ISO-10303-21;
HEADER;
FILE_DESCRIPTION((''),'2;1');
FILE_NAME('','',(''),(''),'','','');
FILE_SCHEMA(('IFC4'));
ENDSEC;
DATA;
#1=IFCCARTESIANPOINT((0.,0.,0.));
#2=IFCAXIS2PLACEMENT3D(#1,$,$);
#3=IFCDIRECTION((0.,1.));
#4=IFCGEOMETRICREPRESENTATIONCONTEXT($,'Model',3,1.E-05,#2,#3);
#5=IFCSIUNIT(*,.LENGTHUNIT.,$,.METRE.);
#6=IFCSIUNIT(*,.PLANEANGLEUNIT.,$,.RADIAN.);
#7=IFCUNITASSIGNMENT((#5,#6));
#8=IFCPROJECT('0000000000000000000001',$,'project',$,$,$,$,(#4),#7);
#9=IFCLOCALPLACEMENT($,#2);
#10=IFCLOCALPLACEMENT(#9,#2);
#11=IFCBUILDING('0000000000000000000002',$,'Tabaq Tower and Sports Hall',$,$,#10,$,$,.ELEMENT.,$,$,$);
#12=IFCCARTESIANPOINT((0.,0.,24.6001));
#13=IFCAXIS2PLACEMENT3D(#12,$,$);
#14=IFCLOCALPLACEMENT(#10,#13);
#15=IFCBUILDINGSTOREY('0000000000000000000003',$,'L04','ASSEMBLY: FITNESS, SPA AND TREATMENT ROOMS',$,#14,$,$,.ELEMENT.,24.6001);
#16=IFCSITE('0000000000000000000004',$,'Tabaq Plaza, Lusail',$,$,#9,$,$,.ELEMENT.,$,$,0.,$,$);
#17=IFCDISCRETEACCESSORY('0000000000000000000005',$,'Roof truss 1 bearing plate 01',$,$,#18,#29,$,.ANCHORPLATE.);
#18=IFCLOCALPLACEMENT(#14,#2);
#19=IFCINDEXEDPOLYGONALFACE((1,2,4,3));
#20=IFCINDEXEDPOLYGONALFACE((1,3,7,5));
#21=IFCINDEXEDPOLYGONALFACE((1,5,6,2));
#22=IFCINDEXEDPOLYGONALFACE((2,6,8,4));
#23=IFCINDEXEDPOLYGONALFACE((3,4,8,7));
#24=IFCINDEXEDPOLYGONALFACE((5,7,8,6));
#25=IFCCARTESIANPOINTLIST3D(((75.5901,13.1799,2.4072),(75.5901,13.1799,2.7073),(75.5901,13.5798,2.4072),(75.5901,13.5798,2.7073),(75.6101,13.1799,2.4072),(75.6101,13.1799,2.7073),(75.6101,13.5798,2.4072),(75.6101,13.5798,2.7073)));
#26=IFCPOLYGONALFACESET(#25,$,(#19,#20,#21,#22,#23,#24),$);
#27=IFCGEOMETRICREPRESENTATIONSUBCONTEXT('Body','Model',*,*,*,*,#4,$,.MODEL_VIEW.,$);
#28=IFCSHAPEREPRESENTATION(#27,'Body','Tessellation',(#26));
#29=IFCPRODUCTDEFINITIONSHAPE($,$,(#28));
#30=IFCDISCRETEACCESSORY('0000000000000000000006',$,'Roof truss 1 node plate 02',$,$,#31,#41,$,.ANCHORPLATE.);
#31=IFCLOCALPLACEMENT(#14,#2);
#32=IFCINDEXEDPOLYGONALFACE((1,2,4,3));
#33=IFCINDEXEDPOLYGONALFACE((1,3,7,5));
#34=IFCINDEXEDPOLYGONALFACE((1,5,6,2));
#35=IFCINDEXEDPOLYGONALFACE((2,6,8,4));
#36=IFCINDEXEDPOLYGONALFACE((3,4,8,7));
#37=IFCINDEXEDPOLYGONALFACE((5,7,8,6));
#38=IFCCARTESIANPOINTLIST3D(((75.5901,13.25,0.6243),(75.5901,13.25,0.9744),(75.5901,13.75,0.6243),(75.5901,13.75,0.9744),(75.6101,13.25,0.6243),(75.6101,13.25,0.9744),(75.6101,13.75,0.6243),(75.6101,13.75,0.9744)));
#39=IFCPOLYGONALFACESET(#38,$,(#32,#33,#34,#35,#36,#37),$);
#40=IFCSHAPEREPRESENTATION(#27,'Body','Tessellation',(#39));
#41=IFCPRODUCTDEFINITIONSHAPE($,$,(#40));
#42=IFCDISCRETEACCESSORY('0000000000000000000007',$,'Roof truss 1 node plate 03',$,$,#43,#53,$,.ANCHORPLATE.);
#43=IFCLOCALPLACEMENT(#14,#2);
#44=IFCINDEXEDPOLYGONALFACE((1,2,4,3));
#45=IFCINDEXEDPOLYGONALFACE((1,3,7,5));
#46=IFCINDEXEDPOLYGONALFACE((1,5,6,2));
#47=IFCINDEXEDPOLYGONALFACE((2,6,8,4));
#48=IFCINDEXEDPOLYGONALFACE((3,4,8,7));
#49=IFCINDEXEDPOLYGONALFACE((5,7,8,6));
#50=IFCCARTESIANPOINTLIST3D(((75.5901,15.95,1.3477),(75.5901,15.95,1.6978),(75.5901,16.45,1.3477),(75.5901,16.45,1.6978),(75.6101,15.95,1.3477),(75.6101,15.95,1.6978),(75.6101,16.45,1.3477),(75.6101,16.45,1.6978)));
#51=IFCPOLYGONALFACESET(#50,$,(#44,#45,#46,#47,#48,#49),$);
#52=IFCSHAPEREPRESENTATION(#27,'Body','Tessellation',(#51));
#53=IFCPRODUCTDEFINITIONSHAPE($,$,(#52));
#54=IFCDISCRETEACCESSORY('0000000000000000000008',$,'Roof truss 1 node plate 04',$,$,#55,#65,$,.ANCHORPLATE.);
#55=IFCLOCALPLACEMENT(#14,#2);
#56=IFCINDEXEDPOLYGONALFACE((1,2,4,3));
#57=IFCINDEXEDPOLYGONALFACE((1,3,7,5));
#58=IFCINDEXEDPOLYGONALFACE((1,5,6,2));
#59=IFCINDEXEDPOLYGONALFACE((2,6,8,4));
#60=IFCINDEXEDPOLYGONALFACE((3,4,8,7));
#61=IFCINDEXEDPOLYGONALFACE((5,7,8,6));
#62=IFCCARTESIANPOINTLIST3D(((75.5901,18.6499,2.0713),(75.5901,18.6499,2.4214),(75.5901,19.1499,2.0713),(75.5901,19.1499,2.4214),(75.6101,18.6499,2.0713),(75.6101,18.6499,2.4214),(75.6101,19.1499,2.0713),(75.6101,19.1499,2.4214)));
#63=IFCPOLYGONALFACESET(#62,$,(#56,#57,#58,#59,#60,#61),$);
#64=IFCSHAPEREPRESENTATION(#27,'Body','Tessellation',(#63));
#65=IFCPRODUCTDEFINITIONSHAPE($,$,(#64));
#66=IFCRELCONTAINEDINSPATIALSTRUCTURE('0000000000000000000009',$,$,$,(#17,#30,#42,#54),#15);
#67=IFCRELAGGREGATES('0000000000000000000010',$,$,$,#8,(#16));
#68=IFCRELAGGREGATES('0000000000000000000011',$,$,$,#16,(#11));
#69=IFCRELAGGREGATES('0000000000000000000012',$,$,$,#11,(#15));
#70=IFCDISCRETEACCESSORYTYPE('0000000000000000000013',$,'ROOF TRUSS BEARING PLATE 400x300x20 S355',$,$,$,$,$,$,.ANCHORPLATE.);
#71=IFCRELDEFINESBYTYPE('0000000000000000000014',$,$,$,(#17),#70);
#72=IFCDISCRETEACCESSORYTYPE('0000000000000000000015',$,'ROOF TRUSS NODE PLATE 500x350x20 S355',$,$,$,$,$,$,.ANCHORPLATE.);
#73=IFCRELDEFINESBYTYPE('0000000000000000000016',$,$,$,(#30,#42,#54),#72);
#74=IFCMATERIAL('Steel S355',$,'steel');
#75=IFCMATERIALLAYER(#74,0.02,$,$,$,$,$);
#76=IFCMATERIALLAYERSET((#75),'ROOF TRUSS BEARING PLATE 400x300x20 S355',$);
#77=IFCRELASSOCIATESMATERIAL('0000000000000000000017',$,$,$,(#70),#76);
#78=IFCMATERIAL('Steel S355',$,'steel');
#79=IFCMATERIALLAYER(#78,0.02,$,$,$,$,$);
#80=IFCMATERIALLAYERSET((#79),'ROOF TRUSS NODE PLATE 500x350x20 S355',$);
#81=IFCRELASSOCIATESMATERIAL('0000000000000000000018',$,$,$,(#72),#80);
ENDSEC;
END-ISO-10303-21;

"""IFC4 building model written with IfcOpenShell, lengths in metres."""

from ifc_helpers import new_model, si_unit, direction, frame, origin, origin_2d, place, context, subcontext, project, spatial, rectangle, extrude, material, layer, layer_set, type_object, element, save


model = new_model("IFC4")

# Units and contexts
model_context = context("Model", 3, precision=1e-05, world=origin(), true_north=direction((0.0, 1.0)))
body_context = subcontext(model_context, "Body", "Model", "MODEL_VIEW")
ifc_project = project(units=[si_unit("LENGTHUNIT", "METRE"), si_unit("PLANEANGLEUNIT", "RADIAN")], contexts=[model_context])

# Site, building, storey
site_placement = place(None, origin())
site = spatial("IfcSite", under=ifc_project, at=site_placement, Name="Tabaq Plaza, Lusail", CompositionType="ELEMENT", RefElevation=0.0)
building_placement = place(site_placement, origin())
building = spatial("IfcBuilding", under=site, at=building_placement, Name="Tabaq Tower and Sports Hall", CompositionType="ELEMENT")
storey_placement = place(building_placement, frame((0.0, 0.0, 24.6001)))
storey = spatial("IfcBuildingStorey", under=building, at=storey_placement, Name="L04", Description="ASSEMBLY: FITNESS, SPA AND TREATMENT ROOMS", CompositionType="ELEMENT", Elevation=24.6001)

# Discrete accessories
ifc_material_1 = material(Name="Steel S355", Category="steel")
ifc_layer_1 = layer(ifc_material_1, 0.02)
ifc_layer_set_1 = layer_set([ifc_layer_1], Name="ROOF TRUSS BEARING PLATE 400x300x20 S355")
discrete_accessory_type_1 = type_object("IfcDiscreteAccessoryType", Name="ROOF TRUSS BEARING PLATE 400x300x20 S355", PredefinedType="ANCHORPLATE", material=ifc_layer_set_1)
discrete_accessory_placement = place(storey_placement, frame((75.6001, 13.3799, 2.4072), z_axis=(0.0, 0.0, 1.0), x_axis=(1.0, 0.0, 0.0)))
element("IfcDiscreteAccessory", 1, at=discrete_accessory_placement, inside=storey, type_object=discrete_accessory_type_1, Name="Roof truss 1 bearing plate 01", PredefinedType="ANCHORPLATE", context=body_context, shape_type="SweptSolid", body=[
    extrude(rectangle(XDim=0.02, YDim=0.3999, at=origin_2d()), origin(), (0.0, 0.0, 1.0), 0.3),
])
ifc_material_2 = material(Name="Steel S355", Category="steel")
ifc_layer_2 = layer(ifc_material_2, 0.02)
ifc_layer_set_2 = layer_set([ifc_layer_2], Name="ROOF TRUSS NODE PLATE 500x350x20 S355")
discrete_accessory_type_2 = type_object("IfcDiscreteAccessoryType", Name="ROOF TRUSS NODE PLATE 500x350x20 S355", PredefinedType="ANCHORPLATE", material=ifc_layer_set_2)
for number, where, z_axis, x_axis, name in (
    (2, (75.6001, 13.5, 0.6243), (0.0, 0.0, 1.0), (1.0, 0.0, 0.0), "Roof truss 1 node plate 02"),
    (3, (75.6001, 16.2, 1.3477), (0.0, 0.0, 1.0), (1.0, 0.0, 0.0), "Roof truss 1 node plate 03"),
    (4, (75.6001, 18.8999, 2.0713), (0.0, 0.0, 1.0), (1.0, 0.0, 0.0), "Roof truss 1 node plate 04"),
):
    element("IfcDiscreteAccessory", number, at=place(storey_placement, frame(where, z_axis=z_axis, x_axis=x_axis)), inside=storey, type_object=discrete_accessory_type_2, Name=name, PredefinedType="ANCHORPLATE", context=body_context, shape_type="SweptSolid", body=[
        extrude(rectangle(XDim=0.02, YDim=0.5, at=origin_2d()), origin(), (0.0, 0.0, 1.0), 0.3501),
    ])

save(model, "model.ifc")
